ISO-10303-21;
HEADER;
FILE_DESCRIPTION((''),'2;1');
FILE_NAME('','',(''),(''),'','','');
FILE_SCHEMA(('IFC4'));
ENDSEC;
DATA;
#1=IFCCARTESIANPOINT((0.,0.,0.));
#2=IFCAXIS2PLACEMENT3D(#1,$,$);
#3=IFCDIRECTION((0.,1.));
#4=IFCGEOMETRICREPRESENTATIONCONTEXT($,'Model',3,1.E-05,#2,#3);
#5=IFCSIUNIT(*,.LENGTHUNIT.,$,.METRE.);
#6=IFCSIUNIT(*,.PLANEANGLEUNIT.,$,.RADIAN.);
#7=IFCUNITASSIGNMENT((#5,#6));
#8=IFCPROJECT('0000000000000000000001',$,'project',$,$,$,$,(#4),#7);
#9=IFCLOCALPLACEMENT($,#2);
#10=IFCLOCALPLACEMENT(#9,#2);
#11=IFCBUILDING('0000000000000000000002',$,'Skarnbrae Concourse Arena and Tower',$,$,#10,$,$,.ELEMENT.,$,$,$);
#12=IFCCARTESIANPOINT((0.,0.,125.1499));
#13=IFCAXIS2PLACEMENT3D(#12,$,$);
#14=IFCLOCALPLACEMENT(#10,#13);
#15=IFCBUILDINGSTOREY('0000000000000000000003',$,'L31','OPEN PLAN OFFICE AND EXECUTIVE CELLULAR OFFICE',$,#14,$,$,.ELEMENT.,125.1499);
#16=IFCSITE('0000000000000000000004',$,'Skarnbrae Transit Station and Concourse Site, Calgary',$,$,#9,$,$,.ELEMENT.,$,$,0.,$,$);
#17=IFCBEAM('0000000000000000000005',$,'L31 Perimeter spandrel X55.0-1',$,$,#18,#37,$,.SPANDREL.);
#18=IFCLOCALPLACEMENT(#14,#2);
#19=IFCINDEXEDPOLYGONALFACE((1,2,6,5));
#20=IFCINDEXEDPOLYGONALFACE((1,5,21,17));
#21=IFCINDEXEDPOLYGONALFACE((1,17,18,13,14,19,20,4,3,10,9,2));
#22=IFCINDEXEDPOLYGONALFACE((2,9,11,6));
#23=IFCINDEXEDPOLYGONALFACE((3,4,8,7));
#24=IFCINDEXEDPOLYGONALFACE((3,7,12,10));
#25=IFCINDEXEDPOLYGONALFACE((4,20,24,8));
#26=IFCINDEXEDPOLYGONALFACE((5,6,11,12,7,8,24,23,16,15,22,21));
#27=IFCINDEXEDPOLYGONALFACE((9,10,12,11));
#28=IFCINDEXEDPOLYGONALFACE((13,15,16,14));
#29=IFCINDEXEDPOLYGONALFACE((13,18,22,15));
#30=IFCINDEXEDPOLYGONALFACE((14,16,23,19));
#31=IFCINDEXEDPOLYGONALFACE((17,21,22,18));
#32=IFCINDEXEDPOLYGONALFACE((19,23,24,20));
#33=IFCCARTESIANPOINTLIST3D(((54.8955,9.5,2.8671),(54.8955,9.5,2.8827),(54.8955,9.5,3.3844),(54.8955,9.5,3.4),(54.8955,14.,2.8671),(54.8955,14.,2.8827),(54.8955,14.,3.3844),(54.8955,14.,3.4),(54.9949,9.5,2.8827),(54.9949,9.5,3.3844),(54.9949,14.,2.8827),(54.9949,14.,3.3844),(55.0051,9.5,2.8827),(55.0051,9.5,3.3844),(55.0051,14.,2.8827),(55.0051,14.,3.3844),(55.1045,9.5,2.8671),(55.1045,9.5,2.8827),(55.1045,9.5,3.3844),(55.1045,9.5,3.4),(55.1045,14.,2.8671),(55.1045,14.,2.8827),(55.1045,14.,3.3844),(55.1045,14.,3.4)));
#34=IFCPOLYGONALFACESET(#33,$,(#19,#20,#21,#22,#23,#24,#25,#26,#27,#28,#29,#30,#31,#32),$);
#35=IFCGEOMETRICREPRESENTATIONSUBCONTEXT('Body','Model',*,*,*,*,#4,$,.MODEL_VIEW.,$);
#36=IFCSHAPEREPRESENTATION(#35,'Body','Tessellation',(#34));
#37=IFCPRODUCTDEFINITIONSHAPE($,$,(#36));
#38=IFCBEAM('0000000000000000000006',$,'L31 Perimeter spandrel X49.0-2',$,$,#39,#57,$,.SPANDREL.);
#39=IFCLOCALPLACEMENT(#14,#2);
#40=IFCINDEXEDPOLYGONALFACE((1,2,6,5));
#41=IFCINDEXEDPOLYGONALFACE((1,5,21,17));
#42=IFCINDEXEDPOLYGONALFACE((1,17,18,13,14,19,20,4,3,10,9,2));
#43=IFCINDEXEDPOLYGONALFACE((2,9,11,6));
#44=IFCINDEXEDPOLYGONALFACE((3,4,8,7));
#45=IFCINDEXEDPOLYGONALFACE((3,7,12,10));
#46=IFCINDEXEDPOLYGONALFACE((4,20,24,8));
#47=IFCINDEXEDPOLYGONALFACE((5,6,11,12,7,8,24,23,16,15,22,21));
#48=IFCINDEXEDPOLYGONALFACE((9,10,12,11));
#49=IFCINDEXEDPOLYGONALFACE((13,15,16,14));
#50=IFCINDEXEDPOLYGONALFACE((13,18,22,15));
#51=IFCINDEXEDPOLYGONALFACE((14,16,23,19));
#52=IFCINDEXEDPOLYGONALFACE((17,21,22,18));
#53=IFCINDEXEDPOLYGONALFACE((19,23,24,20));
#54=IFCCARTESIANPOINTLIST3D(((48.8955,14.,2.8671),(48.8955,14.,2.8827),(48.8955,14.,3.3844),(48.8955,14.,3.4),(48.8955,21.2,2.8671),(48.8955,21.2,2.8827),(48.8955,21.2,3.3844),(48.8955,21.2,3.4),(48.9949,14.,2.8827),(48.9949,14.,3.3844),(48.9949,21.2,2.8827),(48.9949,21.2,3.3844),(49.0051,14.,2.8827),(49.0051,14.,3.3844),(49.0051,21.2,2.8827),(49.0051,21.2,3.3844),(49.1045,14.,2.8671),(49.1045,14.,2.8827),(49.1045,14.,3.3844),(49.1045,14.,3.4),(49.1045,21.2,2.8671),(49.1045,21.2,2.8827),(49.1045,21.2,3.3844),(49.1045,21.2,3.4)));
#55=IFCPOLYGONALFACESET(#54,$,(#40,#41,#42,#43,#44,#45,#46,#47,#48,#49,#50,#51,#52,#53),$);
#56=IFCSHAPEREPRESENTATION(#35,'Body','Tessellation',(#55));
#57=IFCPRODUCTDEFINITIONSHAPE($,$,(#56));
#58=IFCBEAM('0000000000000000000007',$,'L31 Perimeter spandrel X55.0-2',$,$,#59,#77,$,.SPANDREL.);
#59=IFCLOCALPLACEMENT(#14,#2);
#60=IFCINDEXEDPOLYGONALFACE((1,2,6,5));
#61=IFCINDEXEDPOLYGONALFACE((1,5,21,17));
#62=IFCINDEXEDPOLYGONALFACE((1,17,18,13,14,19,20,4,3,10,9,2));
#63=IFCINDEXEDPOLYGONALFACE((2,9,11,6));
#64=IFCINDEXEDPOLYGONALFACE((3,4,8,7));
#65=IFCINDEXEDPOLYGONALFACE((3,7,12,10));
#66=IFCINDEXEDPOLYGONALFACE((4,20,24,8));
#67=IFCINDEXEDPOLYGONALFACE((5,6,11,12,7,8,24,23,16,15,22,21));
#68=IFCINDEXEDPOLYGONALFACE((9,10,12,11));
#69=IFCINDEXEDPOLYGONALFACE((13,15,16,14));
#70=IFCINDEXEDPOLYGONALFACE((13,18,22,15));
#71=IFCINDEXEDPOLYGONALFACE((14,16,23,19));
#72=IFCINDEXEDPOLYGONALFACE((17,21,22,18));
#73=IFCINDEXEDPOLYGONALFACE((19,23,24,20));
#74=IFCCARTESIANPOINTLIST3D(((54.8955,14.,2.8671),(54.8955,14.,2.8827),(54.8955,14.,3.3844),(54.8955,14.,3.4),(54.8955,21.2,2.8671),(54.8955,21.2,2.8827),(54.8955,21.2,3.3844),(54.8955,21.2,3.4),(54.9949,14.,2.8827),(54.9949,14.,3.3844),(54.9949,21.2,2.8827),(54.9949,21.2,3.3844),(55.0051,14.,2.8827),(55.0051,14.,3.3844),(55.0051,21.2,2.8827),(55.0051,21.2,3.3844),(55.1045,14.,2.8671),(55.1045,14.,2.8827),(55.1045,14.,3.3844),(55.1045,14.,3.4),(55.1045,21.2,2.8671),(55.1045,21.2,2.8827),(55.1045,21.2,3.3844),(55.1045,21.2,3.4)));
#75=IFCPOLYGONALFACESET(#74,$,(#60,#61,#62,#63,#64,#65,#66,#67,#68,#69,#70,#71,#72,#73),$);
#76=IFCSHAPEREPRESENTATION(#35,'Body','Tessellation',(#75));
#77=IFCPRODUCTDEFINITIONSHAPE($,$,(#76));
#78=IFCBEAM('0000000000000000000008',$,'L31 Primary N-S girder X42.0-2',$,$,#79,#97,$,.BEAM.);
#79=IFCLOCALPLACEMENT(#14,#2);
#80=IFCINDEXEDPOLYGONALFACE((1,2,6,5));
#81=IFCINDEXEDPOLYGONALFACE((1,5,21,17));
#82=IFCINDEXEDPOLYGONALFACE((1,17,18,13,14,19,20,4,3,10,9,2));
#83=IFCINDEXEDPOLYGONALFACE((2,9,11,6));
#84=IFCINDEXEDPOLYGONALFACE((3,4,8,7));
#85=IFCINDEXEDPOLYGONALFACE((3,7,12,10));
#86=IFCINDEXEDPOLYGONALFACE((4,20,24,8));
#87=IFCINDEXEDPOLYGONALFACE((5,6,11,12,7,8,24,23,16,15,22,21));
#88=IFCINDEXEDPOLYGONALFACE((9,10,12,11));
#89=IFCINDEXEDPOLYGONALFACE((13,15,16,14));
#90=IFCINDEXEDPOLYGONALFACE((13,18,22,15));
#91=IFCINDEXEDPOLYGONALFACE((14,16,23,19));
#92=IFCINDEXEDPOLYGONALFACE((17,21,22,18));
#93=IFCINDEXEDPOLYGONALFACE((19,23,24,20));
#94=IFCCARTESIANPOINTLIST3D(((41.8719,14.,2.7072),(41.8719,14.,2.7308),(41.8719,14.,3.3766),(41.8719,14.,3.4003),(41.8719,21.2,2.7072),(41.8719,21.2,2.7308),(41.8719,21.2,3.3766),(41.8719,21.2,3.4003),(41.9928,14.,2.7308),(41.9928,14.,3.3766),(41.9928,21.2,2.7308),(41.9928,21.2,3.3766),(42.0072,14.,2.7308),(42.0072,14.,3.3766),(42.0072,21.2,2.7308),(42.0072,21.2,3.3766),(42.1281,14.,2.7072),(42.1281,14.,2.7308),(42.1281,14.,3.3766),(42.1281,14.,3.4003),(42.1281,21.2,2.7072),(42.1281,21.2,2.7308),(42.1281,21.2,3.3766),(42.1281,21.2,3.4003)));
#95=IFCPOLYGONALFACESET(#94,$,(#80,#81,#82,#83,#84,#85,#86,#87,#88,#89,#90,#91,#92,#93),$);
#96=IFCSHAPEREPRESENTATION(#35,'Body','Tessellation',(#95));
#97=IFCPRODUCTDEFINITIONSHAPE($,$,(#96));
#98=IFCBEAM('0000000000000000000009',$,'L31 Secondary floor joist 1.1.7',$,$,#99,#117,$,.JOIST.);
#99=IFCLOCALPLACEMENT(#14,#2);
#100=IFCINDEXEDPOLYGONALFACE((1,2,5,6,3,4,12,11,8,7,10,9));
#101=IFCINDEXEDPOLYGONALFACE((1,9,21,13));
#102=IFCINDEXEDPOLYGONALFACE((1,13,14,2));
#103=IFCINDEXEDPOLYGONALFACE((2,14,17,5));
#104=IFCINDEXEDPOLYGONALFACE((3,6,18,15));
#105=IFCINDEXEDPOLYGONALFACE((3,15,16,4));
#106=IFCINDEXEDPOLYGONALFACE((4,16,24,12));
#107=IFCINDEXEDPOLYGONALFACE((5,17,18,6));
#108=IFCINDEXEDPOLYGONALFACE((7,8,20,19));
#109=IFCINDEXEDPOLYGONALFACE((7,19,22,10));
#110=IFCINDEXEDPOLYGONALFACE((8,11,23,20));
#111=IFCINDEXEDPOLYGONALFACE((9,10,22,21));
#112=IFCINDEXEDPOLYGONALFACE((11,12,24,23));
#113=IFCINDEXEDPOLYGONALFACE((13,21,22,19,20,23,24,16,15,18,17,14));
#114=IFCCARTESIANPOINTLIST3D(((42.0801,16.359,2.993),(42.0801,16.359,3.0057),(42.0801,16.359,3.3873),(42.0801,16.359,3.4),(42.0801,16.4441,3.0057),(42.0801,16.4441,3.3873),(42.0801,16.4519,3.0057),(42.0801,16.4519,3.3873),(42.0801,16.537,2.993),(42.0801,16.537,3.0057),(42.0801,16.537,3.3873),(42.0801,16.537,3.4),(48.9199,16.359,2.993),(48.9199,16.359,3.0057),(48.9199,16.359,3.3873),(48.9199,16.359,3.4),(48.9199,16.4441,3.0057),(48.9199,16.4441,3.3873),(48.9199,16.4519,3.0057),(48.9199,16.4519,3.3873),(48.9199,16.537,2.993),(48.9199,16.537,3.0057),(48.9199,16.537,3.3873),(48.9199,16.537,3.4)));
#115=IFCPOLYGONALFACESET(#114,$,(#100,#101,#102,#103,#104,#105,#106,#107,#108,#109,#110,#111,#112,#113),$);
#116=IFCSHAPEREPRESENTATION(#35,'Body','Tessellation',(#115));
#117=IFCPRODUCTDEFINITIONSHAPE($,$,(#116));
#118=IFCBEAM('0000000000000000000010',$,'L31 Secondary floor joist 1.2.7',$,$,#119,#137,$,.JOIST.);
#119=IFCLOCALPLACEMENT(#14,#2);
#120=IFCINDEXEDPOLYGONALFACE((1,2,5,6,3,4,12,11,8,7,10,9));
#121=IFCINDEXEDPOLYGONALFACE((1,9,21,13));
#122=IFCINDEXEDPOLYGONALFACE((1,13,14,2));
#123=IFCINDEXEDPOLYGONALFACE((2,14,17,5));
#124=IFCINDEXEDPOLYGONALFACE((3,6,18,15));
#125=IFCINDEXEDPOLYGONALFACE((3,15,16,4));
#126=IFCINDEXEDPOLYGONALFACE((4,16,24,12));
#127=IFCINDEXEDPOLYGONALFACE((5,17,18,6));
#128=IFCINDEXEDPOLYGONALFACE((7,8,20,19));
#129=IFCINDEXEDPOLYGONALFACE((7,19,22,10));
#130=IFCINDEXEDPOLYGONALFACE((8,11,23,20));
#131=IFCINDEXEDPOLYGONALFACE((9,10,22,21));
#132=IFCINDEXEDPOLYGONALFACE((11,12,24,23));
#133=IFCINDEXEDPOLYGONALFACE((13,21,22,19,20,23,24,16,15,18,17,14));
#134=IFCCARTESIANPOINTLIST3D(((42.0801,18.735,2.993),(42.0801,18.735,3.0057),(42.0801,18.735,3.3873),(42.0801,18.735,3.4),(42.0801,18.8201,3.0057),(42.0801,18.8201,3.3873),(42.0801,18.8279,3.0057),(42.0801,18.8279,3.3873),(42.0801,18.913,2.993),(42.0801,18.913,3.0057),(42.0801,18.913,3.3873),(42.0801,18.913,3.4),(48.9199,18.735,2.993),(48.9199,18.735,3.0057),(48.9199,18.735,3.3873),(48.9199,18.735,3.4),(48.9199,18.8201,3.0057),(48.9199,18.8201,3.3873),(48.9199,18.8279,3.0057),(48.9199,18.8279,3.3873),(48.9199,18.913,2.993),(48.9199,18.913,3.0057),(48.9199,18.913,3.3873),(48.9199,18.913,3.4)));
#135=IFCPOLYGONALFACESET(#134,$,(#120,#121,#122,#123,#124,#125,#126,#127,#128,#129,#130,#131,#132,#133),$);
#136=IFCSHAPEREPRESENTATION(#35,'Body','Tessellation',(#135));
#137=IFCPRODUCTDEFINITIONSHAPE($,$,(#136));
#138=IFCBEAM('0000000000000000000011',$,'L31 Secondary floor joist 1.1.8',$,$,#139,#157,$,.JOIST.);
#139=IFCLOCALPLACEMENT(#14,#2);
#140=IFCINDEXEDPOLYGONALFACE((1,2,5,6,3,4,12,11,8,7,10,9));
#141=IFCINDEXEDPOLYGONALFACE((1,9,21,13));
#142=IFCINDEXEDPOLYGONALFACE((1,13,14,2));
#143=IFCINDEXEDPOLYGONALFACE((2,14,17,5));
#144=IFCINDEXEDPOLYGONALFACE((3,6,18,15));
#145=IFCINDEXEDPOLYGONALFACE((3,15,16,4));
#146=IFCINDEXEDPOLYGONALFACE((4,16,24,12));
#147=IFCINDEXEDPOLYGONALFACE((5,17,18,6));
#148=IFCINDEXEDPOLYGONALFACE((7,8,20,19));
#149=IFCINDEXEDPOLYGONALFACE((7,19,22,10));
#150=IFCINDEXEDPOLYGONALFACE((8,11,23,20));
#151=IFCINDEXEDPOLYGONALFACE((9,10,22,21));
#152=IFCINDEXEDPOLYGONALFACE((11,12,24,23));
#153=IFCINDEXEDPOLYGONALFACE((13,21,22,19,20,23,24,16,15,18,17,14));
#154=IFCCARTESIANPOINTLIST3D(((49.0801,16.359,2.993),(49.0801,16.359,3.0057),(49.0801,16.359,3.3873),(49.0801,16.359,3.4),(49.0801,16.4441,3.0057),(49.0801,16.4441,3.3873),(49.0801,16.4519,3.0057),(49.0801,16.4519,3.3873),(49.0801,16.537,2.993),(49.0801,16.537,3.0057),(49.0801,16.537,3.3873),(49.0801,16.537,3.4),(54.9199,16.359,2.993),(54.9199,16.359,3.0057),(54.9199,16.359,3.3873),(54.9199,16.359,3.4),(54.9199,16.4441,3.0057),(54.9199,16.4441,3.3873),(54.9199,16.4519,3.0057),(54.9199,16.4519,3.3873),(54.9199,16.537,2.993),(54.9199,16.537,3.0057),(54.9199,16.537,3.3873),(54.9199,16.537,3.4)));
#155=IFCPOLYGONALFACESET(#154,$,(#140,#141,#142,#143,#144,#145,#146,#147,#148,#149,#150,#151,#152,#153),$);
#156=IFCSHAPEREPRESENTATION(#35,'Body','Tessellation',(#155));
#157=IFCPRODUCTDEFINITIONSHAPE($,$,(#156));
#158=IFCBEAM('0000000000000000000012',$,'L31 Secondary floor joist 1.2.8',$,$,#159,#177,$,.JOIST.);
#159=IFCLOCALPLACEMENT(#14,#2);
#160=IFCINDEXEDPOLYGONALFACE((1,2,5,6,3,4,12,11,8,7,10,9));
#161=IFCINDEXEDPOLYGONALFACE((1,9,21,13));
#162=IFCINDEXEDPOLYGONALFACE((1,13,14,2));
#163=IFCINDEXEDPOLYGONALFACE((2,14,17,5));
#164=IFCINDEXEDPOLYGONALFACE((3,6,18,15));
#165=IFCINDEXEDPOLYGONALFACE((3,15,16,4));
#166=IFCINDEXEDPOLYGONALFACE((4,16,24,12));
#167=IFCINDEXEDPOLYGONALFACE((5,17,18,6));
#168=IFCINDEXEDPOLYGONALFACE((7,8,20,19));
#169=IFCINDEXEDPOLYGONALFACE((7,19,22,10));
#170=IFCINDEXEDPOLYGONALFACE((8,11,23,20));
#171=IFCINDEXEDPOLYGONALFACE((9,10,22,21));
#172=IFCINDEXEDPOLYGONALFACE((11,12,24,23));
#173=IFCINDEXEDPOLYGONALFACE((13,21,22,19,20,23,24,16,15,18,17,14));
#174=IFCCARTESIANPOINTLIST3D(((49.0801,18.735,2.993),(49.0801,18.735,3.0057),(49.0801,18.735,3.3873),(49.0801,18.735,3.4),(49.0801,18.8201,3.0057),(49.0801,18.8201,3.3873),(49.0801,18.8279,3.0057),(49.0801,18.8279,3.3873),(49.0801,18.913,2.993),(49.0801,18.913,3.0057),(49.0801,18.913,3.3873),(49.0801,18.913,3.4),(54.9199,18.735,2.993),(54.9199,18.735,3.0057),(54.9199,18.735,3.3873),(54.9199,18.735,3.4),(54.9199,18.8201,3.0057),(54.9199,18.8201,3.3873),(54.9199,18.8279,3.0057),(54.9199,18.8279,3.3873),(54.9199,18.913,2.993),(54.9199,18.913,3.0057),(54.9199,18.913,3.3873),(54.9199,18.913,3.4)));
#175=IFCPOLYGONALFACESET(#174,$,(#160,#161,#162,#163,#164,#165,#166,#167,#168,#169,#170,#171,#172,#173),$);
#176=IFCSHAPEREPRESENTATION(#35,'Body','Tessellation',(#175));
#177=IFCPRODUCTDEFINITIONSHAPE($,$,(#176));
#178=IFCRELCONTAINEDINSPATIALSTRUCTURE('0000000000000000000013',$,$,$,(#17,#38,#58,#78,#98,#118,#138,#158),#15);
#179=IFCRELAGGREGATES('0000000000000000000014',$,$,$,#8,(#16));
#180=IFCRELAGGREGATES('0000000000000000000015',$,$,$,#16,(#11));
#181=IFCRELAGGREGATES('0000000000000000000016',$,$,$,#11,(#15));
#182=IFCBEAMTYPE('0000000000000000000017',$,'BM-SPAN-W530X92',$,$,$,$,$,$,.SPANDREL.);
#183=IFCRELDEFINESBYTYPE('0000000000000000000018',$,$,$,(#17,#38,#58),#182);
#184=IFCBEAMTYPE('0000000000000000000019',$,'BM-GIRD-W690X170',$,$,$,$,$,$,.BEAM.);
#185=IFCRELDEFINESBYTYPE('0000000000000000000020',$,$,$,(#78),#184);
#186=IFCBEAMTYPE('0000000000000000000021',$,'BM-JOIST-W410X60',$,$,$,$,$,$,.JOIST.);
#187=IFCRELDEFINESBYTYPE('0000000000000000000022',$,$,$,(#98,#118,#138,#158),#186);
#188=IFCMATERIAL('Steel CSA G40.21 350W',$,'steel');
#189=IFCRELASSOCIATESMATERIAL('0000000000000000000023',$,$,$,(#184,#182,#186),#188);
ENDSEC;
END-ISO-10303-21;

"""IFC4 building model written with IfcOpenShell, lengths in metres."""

from ifc_helpers import new_model, si_unit, direction, frame, origin, origin_2d, place, context, subcontext, project, spatial, i_section, extrude, source, transform, mapped, material, material_profile, profile_set, type_object, element, save


model = new_model("IFC4")

# Units and contexts
model_context = context("Model", 3, precision=1e-05, world=origin(), true_north=direction((0.0, 1.0)))
body_context = subcontext(model_context, "Body", "Model", "MODEL_VIEW")
ifc_project = project(units=[si_unit("LENGTHUNIT", "METRE"), si_unit("PLANEANGLEUNIT", "RADIAN")], contexts=[model_context])

# Site, building, storey
site_placement = place(None, origin())
site = spatial("IfcSite", under=ifc_project, at=site_placement, Name="Skarnbrae Transit Station and Concourse Site, Calgary", CompositionType="ELEMENT", RefElevation=0.0)
building_placement = place(site_placement, origin())
building = spatial("IfcBuilding", under=site, at=building_placement, Name="Skarnbrae Concourse Arena and Tower", CompositionType="ELEMENT")
storey_placement = place(building_placement, frame((0.0, 0.0, 125.1499)))
storey = spatial("IfcBuildingStorey", under=building, at=storey_placement, Name="L31", Description="OPEN PLAN OFFICE AND EXECUTIVE CELLULAR OFFICE", CompositionType="ELEMENT", Elevation=125.1499)

# Shared definitions
ifc_material_1 = material(Name="Steel CSA G40.21 350W", Category="steel")

# Beams
ifc_material_profile_1 = material_profile(ifc_material_1, i_section(OverallWidth=0.2561, OverallDepth=0.6931, WebThickness=0.0144, FlangeThickness=0.0237, at=origin_2d()), Name="W690X170")
ifc_profile_set_1 = profile_set([ifc_material_profile_1], Name="Steel CSA G40.21 350W")
beam_type_1 = type_object("IfcBeamType", Name="BM-GIRD-W690X170", PredefinedType="BEAM", material=ifc_profile_set_1)
ifc_material_profile_2 = material_profile(ifc_material_1, i_section(OverallWidth=0.209, OverallDepth=0.533, WebThickness=0.0103, FlangeThickness=0.0156, at=origin_2d()), Name="W530X92")
ifc_profile_set_2 = profile_set([ifc_material_profile_2], Name="Steel CSA G40.21 350W")
beam_type_2 = type_object("IfcBeamType", Name="BM-SPAN-W530X92", PredefinedType="SPANDREL", material=ifc_profile_set_2)
shared_shape_1 = source(origin(), body_context, "Body", "SweptSolid", [
    extrude(i_section(OverallWidth=0.209, OverallDepth=0.533, WebThickness=0.0103, FlangeThickness=0.0156, at=origin_2d()), origin(), (0.0, 0.0, 1.0), 4.5),
])
for number, where, z_axis, x_axis, name in (
    (1, (55.0, 9.5, 3.1335), (0.0, 1.0, 0.0), (-1.0, 0.0, 0.0), "L31 Perimeter spandrel X55.0-1"),
):
    element("IfcBeam", number, at=place(storey_placement, frame(where, z_axis=z_axis, x_axis=x_axis)), inside=storey, type_object=beam_type_2, Name=name, PredefinedType="SPANDREL", context=body_context, shape_type="MappedRepresentation", body=[
        mapped(shared_shape_1, transform((0.0, 0.0, 0.0))),
    ])
shared_shape_2 = source(origin(), body_context, "Body", "SweptSolid", [
    extrude(i_section(OverallWidth=0.209, OverallDepth=0.533, WebThickness=0.0103, FlangeThickness=0.0156, at=origin_2d()), origin(), (0.0, 0.0, 1.0), 7.2),
])
for number, where, z_axis, x_axis, name in (
    (2, (49.0, 14.0, 3.1335), (0.0, 1.0, 0.0), (-1.0, 0.0, 0.0), "L31 Perimeter spandrel X49.0-2"),
    (3, (55.0, 14.0, 3.1335), (0.0, 1.0, 0.0), (-1.0, 0.0, 0.0), "L31 Perimeter spandrel X55.0-2"),
):
    element("IfcBeam", number, at=place(storey_placement, frame(where, z_axis=z_axis, x_axis=x_axis)), inside=storey, type_object=beam_type_2, Name=name, PredefinedType="SPANDREL", context=body_context, shape_type="MappedRepresentation", body=[
        mapped(shared_shape_2, transform((0.0, 0.0, 0.0))),
    ])
shared_shape_3 = source(origin(), body_context, "Body", "SweptSolid", [
    extrude(i_section(OverallWidth=0.2561, OverallDepth=0.6931, WebThickness=0.0144, FlangeThickness=0.0237, at=origin_2d()), origin(), (0.0, 0.0, 1.0), 7.2),
])
beam_1_placement = place(storey_placement, frame((42.0, 14.0, 3.0537), z_axis=(0.0, 1.0, 0.0), x_axis=(-1.0, 0.0, 0.0)))
element("IfcBeam", 4, at=beam_1_placement, inside=storey, type_object=beam_type_1, Name="L31 Primary N-S girder X42.0-2", PredefinedType="BEAM", context=body_context, shape_type="MappedRepresentation", body=[
    mapped(shared_shape_3, transform((0.0, 0.0, 0.0))),
])
ifc_material_profile_3 = material_profile(ifc_material_1, i_section(OverallWidth=0.178, OverallDepth=0.407, WebThickness=0.0078, FlangeThickness=0.0127, at=origin_2d()), Name="W410X60")
ifc_profile_set_3 = profile_set([ifc_material_profile_3], Name="Steel CSA G40.21 350W")
beam_type_3 = type_object("IfcBeamType", Name="BM-JOIST-W410X60", PredefinedType="JOIST", material=ifc_profile_set_3)
shared_shape_4 = source(origin(), body_context, "Body", "SweptSolid", [
    extrude(i_section(OverallWidth=0.178, OverallDepth=0.407, WebThickness=0.0078, FlangeThickness=0.0127, at=origin_2d()), origin(), (0.0, 0.0, 1.0), 6.8398),
])
for number, where, z_axis, x_axis, name in (
    (5, (42.0801, 16.448, 3.1965), (1.0, 0.0, 0.0), (0.0, 1.0, 0.0), "L31 Secondary floor joist 1.1.7"),
    (6, (42.0801, 18.824, 3.1965), (1.0, 0.0, 0.0), (0.0, 1.0, 0.0), "L31 Secondary floor joist 1.2.7"),
):
    element("IfcBeam", number, at=place(storey_placement, frame(where, z_axis=z_axis, x_axis=x_axis)), inside=storey, type_object=beam_type_3, Name=name, PredefinedType="JOIST", context=body_context, shape_type="MappedRepresentation", body=[
        mapped(shared_shape_4, transform((0.0, 0.0, 0.0))),
    ])
shared_shape_5 = source(origin(), body_context, "Body", "SweptSolid", [
    extrude(i_section(OverallWidth=0.178, OverallDepth=0.407, WebThickness=0.0078, FlangeThickness=0.0127, at=origin_2d()), origin(), (0.0, 0.0, 1.0), 5.8398),
])
for number, where, z_axis, x_axis, name in (
    (7, (49.0801, 16.448, 3.1965), (1.0, 0.0, 0.0), (0.0, 1.0, 0.0), "L31 Secondary floor joist 1.1.8"),
    (8, (49.0801, 18.824, 3.1965), (1.0, 0.0, 0.0), (0.0, 1.0, 0.0), "L31 Secondary floor joist 1.2.8"),
):
    element("IfcBeam", number, at=place(storey_placement, frame(where, z_axis=z_axis, x_axis=x_axis)), inside=storey, type_object=beam_type_3, Name=name, PredefinedType="JOIST", context=body_context, shape_type="MappedRepresentation", body=[
        mapped(shared_shape_5, transform((0.0, 0.0, 0.0))),
    ])

save(model, "model.ifc")
